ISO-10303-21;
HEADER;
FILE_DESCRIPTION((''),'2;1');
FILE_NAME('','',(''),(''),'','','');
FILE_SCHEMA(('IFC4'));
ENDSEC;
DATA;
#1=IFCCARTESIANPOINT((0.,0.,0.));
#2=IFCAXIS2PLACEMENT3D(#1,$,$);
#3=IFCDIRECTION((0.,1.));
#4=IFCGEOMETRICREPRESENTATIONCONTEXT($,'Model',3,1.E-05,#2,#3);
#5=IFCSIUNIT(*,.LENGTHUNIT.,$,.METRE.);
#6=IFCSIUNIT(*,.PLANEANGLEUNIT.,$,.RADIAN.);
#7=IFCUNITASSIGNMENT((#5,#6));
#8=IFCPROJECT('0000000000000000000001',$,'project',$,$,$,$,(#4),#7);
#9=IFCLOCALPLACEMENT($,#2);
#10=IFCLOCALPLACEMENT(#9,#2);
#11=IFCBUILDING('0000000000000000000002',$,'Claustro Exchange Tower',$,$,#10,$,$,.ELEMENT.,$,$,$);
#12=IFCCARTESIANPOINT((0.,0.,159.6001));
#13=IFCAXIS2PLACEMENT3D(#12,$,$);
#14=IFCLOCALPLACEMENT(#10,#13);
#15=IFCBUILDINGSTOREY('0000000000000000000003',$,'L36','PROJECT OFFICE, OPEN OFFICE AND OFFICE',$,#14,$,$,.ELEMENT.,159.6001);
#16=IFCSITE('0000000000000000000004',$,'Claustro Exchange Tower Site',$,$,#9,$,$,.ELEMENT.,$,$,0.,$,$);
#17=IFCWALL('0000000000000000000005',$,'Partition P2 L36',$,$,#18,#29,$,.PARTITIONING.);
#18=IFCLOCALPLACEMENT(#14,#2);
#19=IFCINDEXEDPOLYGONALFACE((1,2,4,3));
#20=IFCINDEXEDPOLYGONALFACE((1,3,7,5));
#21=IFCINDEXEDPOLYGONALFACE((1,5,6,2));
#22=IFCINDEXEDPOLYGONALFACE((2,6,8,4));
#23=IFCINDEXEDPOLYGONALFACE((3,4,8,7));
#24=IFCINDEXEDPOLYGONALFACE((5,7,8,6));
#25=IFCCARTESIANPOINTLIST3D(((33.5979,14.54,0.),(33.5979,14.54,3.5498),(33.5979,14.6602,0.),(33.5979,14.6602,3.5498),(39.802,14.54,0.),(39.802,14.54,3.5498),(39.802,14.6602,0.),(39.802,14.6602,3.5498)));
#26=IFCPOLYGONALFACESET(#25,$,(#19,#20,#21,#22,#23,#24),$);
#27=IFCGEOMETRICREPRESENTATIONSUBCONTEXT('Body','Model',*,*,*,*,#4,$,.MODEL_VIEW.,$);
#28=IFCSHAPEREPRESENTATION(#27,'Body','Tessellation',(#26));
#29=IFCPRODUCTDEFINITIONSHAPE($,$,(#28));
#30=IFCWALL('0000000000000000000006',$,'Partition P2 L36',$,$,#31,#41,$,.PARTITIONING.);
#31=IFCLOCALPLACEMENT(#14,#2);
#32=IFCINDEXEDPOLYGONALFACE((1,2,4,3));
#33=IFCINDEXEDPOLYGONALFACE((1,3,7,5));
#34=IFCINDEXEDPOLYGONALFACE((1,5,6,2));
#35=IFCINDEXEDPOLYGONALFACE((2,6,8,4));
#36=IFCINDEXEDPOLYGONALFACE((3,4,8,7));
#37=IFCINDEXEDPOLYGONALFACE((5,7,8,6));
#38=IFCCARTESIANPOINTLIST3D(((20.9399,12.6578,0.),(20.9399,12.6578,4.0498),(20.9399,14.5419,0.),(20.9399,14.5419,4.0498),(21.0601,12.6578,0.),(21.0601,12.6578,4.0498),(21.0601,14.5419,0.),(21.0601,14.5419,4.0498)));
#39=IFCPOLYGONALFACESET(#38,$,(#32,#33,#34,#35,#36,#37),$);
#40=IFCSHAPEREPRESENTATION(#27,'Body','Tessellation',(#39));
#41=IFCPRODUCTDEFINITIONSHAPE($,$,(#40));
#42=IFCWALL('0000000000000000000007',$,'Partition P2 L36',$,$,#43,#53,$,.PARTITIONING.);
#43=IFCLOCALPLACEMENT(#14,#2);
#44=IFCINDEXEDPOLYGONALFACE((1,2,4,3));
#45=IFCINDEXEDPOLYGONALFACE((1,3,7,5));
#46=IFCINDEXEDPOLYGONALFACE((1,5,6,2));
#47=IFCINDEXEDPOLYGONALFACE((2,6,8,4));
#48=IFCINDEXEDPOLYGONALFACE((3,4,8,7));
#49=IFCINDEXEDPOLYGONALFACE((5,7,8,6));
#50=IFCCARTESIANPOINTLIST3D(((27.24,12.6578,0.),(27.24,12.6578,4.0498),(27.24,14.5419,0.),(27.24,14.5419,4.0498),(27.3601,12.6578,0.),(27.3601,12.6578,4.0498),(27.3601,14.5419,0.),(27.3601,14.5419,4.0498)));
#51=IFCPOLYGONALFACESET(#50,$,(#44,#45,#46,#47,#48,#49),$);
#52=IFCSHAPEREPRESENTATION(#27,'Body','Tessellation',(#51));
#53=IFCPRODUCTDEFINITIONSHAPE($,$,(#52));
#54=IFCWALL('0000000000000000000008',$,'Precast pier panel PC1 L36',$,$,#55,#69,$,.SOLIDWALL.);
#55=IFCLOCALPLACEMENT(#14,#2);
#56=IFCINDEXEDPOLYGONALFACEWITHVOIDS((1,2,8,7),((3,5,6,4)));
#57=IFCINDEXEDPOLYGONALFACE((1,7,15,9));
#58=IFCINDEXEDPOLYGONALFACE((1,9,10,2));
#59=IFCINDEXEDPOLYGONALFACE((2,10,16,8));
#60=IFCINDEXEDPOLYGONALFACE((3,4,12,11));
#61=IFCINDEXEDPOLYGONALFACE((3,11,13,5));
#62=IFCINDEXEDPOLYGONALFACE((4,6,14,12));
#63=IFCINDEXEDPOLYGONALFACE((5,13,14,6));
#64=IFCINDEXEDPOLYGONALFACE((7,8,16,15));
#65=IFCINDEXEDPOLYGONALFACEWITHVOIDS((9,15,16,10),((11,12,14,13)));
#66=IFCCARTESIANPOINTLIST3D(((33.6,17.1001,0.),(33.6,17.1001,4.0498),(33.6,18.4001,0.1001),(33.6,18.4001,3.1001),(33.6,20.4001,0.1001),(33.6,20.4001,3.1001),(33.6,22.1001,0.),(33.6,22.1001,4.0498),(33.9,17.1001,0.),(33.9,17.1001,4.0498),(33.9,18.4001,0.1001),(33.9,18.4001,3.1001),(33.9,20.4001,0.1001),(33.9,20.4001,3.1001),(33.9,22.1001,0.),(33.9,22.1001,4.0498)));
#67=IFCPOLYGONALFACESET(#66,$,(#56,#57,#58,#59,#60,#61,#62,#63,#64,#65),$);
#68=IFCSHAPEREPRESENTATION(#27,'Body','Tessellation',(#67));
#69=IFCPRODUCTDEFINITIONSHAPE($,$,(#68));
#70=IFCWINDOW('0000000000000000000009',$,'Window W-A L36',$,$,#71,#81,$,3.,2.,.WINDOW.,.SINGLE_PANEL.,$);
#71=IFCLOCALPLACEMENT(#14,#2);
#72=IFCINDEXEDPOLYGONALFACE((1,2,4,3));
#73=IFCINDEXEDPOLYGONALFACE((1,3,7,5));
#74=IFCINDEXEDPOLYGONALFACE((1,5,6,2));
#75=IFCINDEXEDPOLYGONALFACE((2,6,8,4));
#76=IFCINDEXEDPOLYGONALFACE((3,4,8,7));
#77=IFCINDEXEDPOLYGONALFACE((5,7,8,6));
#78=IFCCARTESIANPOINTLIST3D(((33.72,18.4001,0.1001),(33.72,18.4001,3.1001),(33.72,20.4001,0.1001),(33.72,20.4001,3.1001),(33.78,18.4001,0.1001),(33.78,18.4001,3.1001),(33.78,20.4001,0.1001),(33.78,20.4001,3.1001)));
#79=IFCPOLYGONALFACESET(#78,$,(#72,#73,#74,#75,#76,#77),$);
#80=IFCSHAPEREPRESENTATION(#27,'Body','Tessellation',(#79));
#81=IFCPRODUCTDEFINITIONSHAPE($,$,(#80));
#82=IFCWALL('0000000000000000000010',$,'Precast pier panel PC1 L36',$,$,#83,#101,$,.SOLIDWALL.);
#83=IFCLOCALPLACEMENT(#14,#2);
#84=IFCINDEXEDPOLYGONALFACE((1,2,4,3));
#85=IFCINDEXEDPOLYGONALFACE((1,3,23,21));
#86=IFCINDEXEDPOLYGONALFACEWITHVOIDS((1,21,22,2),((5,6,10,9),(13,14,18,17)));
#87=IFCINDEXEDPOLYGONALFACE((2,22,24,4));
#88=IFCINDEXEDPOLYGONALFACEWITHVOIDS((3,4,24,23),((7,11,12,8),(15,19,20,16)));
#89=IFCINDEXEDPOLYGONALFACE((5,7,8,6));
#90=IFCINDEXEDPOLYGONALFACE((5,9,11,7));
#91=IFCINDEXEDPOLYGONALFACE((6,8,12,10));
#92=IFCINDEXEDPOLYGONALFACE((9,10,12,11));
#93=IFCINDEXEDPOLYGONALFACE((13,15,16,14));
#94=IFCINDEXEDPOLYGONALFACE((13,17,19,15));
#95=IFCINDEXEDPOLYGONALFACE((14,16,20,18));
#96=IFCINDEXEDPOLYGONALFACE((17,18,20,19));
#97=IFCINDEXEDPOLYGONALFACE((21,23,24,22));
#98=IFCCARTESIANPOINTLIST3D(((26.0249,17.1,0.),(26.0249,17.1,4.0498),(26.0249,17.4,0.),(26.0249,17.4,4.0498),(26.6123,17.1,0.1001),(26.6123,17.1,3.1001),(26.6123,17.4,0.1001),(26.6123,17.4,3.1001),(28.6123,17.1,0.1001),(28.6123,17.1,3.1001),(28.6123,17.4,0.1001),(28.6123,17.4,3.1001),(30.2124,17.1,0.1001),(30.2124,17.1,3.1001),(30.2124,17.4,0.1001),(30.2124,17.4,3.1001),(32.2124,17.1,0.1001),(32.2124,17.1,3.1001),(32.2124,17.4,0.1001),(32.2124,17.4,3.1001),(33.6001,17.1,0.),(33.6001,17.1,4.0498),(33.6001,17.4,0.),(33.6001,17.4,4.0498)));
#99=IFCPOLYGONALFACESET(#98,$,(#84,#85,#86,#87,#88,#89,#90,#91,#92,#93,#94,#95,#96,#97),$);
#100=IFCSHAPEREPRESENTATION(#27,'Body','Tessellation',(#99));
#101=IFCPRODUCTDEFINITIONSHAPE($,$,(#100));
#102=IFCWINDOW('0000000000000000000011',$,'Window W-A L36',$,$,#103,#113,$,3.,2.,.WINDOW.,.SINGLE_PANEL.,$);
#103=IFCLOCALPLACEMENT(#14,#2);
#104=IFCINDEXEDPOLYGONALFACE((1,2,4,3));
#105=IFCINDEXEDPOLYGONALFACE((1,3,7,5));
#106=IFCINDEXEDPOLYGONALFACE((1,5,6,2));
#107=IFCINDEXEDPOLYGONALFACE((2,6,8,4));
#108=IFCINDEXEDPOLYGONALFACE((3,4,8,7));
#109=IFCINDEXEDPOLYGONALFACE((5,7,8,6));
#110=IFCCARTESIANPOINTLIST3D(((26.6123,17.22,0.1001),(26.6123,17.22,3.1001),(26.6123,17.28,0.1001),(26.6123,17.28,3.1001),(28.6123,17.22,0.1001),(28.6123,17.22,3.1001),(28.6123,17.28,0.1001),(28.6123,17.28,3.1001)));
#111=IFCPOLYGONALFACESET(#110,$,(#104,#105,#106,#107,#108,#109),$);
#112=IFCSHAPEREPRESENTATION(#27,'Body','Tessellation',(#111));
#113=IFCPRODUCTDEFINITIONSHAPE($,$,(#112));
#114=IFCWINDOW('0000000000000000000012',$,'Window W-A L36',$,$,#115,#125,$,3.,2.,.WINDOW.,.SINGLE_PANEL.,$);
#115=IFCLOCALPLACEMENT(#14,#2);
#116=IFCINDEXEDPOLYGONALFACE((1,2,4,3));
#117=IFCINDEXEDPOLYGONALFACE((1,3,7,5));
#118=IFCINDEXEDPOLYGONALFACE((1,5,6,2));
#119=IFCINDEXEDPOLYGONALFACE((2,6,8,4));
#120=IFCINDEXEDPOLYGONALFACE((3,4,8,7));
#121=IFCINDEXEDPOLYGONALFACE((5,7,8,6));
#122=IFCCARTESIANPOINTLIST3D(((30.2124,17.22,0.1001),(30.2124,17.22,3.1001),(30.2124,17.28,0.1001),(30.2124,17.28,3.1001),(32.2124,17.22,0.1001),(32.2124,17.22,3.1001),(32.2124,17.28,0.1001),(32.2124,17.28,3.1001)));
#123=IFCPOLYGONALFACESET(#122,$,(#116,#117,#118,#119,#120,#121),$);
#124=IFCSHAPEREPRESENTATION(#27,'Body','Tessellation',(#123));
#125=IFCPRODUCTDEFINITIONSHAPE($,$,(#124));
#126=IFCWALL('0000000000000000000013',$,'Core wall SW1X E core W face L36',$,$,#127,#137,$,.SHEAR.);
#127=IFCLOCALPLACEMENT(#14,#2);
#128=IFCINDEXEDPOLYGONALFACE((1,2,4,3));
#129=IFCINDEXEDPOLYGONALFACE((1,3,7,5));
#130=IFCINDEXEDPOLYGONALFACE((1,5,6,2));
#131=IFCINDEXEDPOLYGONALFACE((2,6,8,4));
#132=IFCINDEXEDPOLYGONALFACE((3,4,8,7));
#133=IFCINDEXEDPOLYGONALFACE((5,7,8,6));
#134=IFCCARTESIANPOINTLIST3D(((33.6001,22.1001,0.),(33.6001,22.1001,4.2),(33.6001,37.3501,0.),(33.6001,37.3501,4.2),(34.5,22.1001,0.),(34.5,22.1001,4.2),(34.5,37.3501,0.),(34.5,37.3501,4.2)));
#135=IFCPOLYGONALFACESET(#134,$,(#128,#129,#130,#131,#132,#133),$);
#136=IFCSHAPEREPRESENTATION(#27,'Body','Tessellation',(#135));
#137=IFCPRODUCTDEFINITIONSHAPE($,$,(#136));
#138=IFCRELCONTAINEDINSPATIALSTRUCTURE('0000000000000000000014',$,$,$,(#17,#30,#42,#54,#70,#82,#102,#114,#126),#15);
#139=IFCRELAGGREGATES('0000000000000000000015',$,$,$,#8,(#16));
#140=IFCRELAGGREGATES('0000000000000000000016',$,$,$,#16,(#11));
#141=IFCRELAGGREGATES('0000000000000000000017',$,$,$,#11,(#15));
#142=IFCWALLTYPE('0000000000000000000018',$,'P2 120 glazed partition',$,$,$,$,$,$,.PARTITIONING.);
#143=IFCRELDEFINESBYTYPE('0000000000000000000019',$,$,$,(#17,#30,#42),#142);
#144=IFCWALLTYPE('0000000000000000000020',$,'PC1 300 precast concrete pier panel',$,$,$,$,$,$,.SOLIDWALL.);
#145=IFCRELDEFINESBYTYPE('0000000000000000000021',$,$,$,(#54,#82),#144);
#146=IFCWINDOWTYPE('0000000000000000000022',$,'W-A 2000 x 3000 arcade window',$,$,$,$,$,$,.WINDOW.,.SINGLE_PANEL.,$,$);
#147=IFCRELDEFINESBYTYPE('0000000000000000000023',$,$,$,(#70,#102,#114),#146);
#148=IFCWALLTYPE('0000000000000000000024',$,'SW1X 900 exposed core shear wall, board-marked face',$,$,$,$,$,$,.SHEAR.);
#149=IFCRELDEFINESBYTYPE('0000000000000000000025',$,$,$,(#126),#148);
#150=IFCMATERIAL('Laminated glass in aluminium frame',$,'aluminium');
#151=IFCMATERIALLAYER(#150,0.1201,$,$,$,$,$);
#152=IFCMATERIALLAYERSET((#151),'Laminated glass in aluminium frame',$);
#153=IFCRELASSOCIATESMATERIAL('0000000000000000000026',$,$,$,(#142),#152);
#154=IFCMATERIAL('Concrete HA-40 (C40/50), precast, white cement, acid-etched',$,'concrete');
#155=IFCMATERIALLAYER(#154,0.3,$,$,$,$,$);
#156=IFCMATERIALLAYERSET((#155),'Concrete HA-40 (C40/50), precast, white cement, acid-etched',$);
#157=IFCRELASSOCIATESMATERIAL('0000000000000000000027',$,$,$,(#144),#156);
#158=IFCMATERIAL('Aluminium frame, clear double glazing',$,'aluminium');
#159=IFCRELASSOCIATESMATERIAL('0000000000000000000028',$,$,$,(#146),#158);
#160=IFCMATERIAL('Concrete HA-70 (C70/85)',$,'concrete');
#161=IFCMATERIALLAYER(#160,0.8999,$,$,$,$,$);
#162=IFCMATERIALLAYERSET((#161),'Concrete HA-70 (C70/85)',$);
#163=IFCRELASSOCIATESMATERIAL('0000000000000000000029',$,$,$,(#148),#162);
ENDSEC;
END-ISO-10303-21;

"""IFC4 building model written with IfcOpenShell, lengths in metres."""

from ifc_helpers import new_model, si_unit, direction, frame, frame_2d, origin, place, context, subcontext, project, spatial, rectangle, extrude, material, layer, layer_set, type_object, element, fill, save


model = new_model("IFC4")

# Units and contexts
model_context = context("Model", 3, precision=1e-05, world=origin(), true_north=direction((0.0, 1.0)))
body_context = subcontext(model_context, "Body", "Model", "MODEL_VIEW")
ifc_project = project(units=[si_unit("LENGTHUNIT", "METRE"), si_unit("PLANEANGLEUNIT", "RADIAN")], contexts=[model_context])

# Site, building, storey
site_placement = place(None, origin())
site = spatial("IfcSite", under=ifc_project, at=site_placement, Name="Claustro Exchange Tower Site", CompositionType="ELEMENT", RefElevation=0.0)
building_placement = place(site_placement, origin())
building = spatial("IfcBuilding", under=site, at=building_placement, Name="Claustro Exchange Tower", CompositionType="ELEMENT")
storey_placement = place(building_placement, frame((0.0, 0.0, 159.6001)))
storey = spatial("IfcBuildingStorey", under=building, at=storey_placement, Name="L36", Description="PROJECT OFFICE, OPEN OFFICE AND OFFICE", CompositionType="ELEMENT", Elevation=159.6001)

# Walls
ifc_material_1 = material(Name="Laminated glass in aluminium frame", Category="aluminium")
ifc_layer_1 = layer(ifc_material_1, 0.1201)
ifc_layer_set_1 = layer_set([ifc_layer_1], Name="Laminated glass in aluminium frame")
wall_type_1 = type_object("IfcWallType", Name="P2 120 glazed partition", PredefinedType="PARTITIONING", material=ifc_layer_set_1)
wall_1_placement = place(storey_placement, frame((33.5979, 14.6001, 0.0), z_axis=(0.0, 0.0, 1.0), x_axis=(1.0, 0.0, 0.0)))
element("IfcWall", 1, at=wall_1_placement, inside=storey, type_object=wall_type_1, Name="Partition P2 L36", PredefinedType="PARTITIONING", context=body_context, shape_type="SweptSolid", body=[
    extrude(rectangle(XDim=6.2041, YDim=0.1201, at=frame_2d((3.1021, 0.0))), origin(), (0.0, 0.0, 1.0), 3.5498),
])
for number, where, z_axis, x_axis, name in (
    (2, (21.0, 12.658, 0.0), (0.0, 0.0, 1.0), (0.0, 1.0, 0.0), "Partition P2 L36"),
    (3, (27.3, 12.658, 0.0), (0.0, 0.0, 1.0), (0.0, 1.0, 0.0), "Partition P2 L36"),
):
    element("IfcWall", number, at=place(storey_placement, frame(where, z_axis=z_axis, x_axis=x_axis)), inside=storey, type_object=wall_type_1, Name=name, PredefinedType="PARTITIONING", context=body_context, shape_type="SweptSolid", body=[
        extrude(rectangle(XDim=1.884, YDim=0.1201, at=frame_2d((0.9419, 0.0))), origin(), (0.0, 0.0, 1.0), 4.0498),
    ])

# Wall, opening, window
ifc_material_2 = material(Name="Concrete HA-40 (C40/50), precast, white cement, acid-etched", Category="concrete")
ifc_layer_2 = layer(ifc_material_2, 0.3)
ifc_layer_set_2 = layer_set([ifc_layer_2], Name="Concrete HA-40 (C40/50), precast, white cement, acid-etched")
wall_type_2 = type_object("IfcWallType", Name="PC1 300 precast concrete pier panel", PredefinedType="SOLIDWALL", material=ifc_layer_set_2)
wall_2_placement = place(storey_placement, frame((33.75, 17.1001, 0.0), z_axis=(0.0, 0.0, 1.0), x_axis=(0.0, 1.0, 0.0)))
wall_2 = element("IfcWall", 4, at=wall_2_placement, inside=storey, type_object=wall_type_2, Name="Precast pier panel PC1 L36", PredefinedType="SOLIDWALL", context=body_context, shape_type="SweptSolid", body=[
    extrude(rectangle(XDim=5.0, YDim=0.3, at=frame_2d((2.5, 0.0))), origin(), (0.0, 0.0, 1.0), 4.0498),
])
opening_1_placement = place(wall_2_placement, frame((1.3, 0.0, 0.1001)))
opening_1 = element("IfcOpeningElement", 5, at=opening_1_placement, cuts=wall_2, PredefinedType="OPENING", context=body_context, shape_type="SweptSolid", body=[
    extrude(rectangle(XDim=2.0, YDim=3.0, at=frame_2d((1.0, 1.5))), frame((0.0, 0.1599, 0.0), z_axis=(0.0, -1.0, 0.0), x_axis=(1.0, 0.0, 0.0)), (0.0, 0.0, 1.0), 0.3201),
])
ifc_material_3 = material(Name="Aluminium frame, clear double glazing", Category="aluminium")
window_type = type_object("IfcWindowType", Name="W-A 2000 x 3000 arcade window", PartitioningType="SINGLE_PANEL", PredefinedType="WINDOW", material=ifc_material_3)
window_1_placement = place(opening_1_placement, origin())
window_1 = element("IfcWindow", 6, at=window_1_placement, inside=storey, type_object=window_type, Name="Window W-A L36", OverallHeight=3.0, OverallWidth=2.0, PartitioningType="SINGLE_PANEL", PredefinedType="WINDOW", context=body_context, shape_type="SweptSolid", body=[
    extrude(rectangle(XDim=2.0, YDim=3.0, at=frame_2d((1.0, 1.5))), frame((0.0, 0.03, 0.0), z_axis=(0.0, -1.0, 0.0), x_axis=(1.0, 0.0, 0.0)), (0.0, 0.0, 1.0), 0.0601),
])
fill(opening_1, window_1)

# Wall, openings, windows
wall_3_placement = place(storey_placement, frame((26.0249, 17.25, 0.0), z_axis=(0.0, 0.0, 1.0), x_axis=(1.0, 0.0, 0.0)))
wall_3 = element("IfcWall", 7, at=wall_3_placement, inside=storey, type_object=wall_type_2, Name="Precast pier panel PC1 L36", PredefinedType="SOLIDWALL", context=body_context, shape_type="SweptSolid", body=[
    extrude(rectangle(XDim=7.5752, YDim=0.3, at=frame_2d((3.7876, 0.0))), origin(), (0.0, 0.0, 1.0), 4.0498),
])
opening_2_placement = place(wall_3_placement, frame((0.5874, 0.0, 0.1001)))
opening_2 = element("IfcOpeningElement", 8, at=opening_2_placement, cuts=wall_3, PredefinedType="OPENING", context=body_context, shape_type="SweptSolid", body=[
    extrude(rectangle(XDim=2.0, YDim=3.0, at=frame_2d((1.0, 1.5))), frame((0.0, 0.1599, 0.0), z_axis=(0.0, -1.0, 0.0), x_axis=(1.0, 0.0, 0.0)), (0.0, 0.0, 1.0), 0.3201),
])
opening_3_placement = place(wall_3_placement, frame((4.1875, 0.0, 0.1001)))
opening_3 = element("IfcOpeningElement", 9, at=opening_3_placement, cuts=wall_3, PredefinedType="OPENING", context=body_context, shape_type="SweptSolid", body=[
    extrude(rectangle(XDim=2.0, YDim=3.0, at=frame_2d((1.0, 1.5))), frame((0.0, 0.1599, 0.0), z_axis=(0.0, -1.0, 0.0), x_axis=(1.0, 0.0, 0.0)), (0.0, 0.0, 1.0), 0.3201),
])
window_2_placement = place(opening_2_placement, origin())
window_2 = element("IfcWindow", 10, at=window_2_placement, inside=storey, type_object=window_type, Name="Window W-A L36", OverallHeight=3.0, OverallWidth=2.0, PartitioningType="SINGLE_PANEL", PredefinedType="WINDOW", context=body_context, shape_type="SweptSolid", body=[
    extrude(rectangle(XDim=2.0, YDim=3.0, at=frame_2d((1.0, 1.5))), frame((0.0, 0.03, 0.0), z_axis=(0.0, -1.0, 0.0), x_axis=(1.0, 0.0, 0.0)), (0.0, 0.0, 1.0), 0.0601),
])
fill(opening_2, window_2)
window_3_placement = place(opening_3_placement, origin())
window_3 = element("IfcWindow", 11, at=window_3_placement, inside=storey, type_object=window_type, Name="Window W-A L36", OverallHeight=3.0, OverallWidth=2.0, PartitioningType="SINGLE_PANEL", PredefinedType="WINDOW", context=body_context, shape_type="SweptSolid", body=[
    extrude(rectangle(XDim=2.0, YDim=3.0, at=frame_2d((1.0, 1.5))), frame((0.0, 0.03, 0.0), z_axis=(0.0, -1.0, 0.0), x_axis=(1.0, 0.0, 0.0)), (0.0, 0.0, 1.0), 0.0601),
])
fill(opening_3, window_3)

# Wall
ifc_material_4 = material(Name="Concrete HA-70 (C70/85)", Category="concrete")
ifc_layer_3 = layer(ifc_material_4, 0.8999)
ifc_layer_set_3 = layer_set([ifc_layer_3], Name="Concrete HA-70 (C70/85)")
wall_type_3 = type_object("IfcWallType", Name="SW1X 900 exposed core shear wall, board-marked face", PredefinedType="SHEAR", material=ifc_layer_set_3)
wall_4_placement = place(storey_placement, frame((34.05, 22.1001, 0.0), z_axis=(0.0, 0.0, 1.0), x_axis=(0.0, 1.0, 0.0)))
element("IfcWall", 12, at=wall_4_placement, inside=storey, type_object=wall_type_3, Name="Core wall SW1X E core W face L36", PredefinedType="SHEAR", context=body_context, shape_type="SweptSolid", body=[
    extrude(rectangle(XDim=15.25, YDim=0.8999, at=frame_2d((7.625, 0.0))), origin(), (0.0, 0.0, 1.0), 4.2),
])

save(model, "model.ifc")
